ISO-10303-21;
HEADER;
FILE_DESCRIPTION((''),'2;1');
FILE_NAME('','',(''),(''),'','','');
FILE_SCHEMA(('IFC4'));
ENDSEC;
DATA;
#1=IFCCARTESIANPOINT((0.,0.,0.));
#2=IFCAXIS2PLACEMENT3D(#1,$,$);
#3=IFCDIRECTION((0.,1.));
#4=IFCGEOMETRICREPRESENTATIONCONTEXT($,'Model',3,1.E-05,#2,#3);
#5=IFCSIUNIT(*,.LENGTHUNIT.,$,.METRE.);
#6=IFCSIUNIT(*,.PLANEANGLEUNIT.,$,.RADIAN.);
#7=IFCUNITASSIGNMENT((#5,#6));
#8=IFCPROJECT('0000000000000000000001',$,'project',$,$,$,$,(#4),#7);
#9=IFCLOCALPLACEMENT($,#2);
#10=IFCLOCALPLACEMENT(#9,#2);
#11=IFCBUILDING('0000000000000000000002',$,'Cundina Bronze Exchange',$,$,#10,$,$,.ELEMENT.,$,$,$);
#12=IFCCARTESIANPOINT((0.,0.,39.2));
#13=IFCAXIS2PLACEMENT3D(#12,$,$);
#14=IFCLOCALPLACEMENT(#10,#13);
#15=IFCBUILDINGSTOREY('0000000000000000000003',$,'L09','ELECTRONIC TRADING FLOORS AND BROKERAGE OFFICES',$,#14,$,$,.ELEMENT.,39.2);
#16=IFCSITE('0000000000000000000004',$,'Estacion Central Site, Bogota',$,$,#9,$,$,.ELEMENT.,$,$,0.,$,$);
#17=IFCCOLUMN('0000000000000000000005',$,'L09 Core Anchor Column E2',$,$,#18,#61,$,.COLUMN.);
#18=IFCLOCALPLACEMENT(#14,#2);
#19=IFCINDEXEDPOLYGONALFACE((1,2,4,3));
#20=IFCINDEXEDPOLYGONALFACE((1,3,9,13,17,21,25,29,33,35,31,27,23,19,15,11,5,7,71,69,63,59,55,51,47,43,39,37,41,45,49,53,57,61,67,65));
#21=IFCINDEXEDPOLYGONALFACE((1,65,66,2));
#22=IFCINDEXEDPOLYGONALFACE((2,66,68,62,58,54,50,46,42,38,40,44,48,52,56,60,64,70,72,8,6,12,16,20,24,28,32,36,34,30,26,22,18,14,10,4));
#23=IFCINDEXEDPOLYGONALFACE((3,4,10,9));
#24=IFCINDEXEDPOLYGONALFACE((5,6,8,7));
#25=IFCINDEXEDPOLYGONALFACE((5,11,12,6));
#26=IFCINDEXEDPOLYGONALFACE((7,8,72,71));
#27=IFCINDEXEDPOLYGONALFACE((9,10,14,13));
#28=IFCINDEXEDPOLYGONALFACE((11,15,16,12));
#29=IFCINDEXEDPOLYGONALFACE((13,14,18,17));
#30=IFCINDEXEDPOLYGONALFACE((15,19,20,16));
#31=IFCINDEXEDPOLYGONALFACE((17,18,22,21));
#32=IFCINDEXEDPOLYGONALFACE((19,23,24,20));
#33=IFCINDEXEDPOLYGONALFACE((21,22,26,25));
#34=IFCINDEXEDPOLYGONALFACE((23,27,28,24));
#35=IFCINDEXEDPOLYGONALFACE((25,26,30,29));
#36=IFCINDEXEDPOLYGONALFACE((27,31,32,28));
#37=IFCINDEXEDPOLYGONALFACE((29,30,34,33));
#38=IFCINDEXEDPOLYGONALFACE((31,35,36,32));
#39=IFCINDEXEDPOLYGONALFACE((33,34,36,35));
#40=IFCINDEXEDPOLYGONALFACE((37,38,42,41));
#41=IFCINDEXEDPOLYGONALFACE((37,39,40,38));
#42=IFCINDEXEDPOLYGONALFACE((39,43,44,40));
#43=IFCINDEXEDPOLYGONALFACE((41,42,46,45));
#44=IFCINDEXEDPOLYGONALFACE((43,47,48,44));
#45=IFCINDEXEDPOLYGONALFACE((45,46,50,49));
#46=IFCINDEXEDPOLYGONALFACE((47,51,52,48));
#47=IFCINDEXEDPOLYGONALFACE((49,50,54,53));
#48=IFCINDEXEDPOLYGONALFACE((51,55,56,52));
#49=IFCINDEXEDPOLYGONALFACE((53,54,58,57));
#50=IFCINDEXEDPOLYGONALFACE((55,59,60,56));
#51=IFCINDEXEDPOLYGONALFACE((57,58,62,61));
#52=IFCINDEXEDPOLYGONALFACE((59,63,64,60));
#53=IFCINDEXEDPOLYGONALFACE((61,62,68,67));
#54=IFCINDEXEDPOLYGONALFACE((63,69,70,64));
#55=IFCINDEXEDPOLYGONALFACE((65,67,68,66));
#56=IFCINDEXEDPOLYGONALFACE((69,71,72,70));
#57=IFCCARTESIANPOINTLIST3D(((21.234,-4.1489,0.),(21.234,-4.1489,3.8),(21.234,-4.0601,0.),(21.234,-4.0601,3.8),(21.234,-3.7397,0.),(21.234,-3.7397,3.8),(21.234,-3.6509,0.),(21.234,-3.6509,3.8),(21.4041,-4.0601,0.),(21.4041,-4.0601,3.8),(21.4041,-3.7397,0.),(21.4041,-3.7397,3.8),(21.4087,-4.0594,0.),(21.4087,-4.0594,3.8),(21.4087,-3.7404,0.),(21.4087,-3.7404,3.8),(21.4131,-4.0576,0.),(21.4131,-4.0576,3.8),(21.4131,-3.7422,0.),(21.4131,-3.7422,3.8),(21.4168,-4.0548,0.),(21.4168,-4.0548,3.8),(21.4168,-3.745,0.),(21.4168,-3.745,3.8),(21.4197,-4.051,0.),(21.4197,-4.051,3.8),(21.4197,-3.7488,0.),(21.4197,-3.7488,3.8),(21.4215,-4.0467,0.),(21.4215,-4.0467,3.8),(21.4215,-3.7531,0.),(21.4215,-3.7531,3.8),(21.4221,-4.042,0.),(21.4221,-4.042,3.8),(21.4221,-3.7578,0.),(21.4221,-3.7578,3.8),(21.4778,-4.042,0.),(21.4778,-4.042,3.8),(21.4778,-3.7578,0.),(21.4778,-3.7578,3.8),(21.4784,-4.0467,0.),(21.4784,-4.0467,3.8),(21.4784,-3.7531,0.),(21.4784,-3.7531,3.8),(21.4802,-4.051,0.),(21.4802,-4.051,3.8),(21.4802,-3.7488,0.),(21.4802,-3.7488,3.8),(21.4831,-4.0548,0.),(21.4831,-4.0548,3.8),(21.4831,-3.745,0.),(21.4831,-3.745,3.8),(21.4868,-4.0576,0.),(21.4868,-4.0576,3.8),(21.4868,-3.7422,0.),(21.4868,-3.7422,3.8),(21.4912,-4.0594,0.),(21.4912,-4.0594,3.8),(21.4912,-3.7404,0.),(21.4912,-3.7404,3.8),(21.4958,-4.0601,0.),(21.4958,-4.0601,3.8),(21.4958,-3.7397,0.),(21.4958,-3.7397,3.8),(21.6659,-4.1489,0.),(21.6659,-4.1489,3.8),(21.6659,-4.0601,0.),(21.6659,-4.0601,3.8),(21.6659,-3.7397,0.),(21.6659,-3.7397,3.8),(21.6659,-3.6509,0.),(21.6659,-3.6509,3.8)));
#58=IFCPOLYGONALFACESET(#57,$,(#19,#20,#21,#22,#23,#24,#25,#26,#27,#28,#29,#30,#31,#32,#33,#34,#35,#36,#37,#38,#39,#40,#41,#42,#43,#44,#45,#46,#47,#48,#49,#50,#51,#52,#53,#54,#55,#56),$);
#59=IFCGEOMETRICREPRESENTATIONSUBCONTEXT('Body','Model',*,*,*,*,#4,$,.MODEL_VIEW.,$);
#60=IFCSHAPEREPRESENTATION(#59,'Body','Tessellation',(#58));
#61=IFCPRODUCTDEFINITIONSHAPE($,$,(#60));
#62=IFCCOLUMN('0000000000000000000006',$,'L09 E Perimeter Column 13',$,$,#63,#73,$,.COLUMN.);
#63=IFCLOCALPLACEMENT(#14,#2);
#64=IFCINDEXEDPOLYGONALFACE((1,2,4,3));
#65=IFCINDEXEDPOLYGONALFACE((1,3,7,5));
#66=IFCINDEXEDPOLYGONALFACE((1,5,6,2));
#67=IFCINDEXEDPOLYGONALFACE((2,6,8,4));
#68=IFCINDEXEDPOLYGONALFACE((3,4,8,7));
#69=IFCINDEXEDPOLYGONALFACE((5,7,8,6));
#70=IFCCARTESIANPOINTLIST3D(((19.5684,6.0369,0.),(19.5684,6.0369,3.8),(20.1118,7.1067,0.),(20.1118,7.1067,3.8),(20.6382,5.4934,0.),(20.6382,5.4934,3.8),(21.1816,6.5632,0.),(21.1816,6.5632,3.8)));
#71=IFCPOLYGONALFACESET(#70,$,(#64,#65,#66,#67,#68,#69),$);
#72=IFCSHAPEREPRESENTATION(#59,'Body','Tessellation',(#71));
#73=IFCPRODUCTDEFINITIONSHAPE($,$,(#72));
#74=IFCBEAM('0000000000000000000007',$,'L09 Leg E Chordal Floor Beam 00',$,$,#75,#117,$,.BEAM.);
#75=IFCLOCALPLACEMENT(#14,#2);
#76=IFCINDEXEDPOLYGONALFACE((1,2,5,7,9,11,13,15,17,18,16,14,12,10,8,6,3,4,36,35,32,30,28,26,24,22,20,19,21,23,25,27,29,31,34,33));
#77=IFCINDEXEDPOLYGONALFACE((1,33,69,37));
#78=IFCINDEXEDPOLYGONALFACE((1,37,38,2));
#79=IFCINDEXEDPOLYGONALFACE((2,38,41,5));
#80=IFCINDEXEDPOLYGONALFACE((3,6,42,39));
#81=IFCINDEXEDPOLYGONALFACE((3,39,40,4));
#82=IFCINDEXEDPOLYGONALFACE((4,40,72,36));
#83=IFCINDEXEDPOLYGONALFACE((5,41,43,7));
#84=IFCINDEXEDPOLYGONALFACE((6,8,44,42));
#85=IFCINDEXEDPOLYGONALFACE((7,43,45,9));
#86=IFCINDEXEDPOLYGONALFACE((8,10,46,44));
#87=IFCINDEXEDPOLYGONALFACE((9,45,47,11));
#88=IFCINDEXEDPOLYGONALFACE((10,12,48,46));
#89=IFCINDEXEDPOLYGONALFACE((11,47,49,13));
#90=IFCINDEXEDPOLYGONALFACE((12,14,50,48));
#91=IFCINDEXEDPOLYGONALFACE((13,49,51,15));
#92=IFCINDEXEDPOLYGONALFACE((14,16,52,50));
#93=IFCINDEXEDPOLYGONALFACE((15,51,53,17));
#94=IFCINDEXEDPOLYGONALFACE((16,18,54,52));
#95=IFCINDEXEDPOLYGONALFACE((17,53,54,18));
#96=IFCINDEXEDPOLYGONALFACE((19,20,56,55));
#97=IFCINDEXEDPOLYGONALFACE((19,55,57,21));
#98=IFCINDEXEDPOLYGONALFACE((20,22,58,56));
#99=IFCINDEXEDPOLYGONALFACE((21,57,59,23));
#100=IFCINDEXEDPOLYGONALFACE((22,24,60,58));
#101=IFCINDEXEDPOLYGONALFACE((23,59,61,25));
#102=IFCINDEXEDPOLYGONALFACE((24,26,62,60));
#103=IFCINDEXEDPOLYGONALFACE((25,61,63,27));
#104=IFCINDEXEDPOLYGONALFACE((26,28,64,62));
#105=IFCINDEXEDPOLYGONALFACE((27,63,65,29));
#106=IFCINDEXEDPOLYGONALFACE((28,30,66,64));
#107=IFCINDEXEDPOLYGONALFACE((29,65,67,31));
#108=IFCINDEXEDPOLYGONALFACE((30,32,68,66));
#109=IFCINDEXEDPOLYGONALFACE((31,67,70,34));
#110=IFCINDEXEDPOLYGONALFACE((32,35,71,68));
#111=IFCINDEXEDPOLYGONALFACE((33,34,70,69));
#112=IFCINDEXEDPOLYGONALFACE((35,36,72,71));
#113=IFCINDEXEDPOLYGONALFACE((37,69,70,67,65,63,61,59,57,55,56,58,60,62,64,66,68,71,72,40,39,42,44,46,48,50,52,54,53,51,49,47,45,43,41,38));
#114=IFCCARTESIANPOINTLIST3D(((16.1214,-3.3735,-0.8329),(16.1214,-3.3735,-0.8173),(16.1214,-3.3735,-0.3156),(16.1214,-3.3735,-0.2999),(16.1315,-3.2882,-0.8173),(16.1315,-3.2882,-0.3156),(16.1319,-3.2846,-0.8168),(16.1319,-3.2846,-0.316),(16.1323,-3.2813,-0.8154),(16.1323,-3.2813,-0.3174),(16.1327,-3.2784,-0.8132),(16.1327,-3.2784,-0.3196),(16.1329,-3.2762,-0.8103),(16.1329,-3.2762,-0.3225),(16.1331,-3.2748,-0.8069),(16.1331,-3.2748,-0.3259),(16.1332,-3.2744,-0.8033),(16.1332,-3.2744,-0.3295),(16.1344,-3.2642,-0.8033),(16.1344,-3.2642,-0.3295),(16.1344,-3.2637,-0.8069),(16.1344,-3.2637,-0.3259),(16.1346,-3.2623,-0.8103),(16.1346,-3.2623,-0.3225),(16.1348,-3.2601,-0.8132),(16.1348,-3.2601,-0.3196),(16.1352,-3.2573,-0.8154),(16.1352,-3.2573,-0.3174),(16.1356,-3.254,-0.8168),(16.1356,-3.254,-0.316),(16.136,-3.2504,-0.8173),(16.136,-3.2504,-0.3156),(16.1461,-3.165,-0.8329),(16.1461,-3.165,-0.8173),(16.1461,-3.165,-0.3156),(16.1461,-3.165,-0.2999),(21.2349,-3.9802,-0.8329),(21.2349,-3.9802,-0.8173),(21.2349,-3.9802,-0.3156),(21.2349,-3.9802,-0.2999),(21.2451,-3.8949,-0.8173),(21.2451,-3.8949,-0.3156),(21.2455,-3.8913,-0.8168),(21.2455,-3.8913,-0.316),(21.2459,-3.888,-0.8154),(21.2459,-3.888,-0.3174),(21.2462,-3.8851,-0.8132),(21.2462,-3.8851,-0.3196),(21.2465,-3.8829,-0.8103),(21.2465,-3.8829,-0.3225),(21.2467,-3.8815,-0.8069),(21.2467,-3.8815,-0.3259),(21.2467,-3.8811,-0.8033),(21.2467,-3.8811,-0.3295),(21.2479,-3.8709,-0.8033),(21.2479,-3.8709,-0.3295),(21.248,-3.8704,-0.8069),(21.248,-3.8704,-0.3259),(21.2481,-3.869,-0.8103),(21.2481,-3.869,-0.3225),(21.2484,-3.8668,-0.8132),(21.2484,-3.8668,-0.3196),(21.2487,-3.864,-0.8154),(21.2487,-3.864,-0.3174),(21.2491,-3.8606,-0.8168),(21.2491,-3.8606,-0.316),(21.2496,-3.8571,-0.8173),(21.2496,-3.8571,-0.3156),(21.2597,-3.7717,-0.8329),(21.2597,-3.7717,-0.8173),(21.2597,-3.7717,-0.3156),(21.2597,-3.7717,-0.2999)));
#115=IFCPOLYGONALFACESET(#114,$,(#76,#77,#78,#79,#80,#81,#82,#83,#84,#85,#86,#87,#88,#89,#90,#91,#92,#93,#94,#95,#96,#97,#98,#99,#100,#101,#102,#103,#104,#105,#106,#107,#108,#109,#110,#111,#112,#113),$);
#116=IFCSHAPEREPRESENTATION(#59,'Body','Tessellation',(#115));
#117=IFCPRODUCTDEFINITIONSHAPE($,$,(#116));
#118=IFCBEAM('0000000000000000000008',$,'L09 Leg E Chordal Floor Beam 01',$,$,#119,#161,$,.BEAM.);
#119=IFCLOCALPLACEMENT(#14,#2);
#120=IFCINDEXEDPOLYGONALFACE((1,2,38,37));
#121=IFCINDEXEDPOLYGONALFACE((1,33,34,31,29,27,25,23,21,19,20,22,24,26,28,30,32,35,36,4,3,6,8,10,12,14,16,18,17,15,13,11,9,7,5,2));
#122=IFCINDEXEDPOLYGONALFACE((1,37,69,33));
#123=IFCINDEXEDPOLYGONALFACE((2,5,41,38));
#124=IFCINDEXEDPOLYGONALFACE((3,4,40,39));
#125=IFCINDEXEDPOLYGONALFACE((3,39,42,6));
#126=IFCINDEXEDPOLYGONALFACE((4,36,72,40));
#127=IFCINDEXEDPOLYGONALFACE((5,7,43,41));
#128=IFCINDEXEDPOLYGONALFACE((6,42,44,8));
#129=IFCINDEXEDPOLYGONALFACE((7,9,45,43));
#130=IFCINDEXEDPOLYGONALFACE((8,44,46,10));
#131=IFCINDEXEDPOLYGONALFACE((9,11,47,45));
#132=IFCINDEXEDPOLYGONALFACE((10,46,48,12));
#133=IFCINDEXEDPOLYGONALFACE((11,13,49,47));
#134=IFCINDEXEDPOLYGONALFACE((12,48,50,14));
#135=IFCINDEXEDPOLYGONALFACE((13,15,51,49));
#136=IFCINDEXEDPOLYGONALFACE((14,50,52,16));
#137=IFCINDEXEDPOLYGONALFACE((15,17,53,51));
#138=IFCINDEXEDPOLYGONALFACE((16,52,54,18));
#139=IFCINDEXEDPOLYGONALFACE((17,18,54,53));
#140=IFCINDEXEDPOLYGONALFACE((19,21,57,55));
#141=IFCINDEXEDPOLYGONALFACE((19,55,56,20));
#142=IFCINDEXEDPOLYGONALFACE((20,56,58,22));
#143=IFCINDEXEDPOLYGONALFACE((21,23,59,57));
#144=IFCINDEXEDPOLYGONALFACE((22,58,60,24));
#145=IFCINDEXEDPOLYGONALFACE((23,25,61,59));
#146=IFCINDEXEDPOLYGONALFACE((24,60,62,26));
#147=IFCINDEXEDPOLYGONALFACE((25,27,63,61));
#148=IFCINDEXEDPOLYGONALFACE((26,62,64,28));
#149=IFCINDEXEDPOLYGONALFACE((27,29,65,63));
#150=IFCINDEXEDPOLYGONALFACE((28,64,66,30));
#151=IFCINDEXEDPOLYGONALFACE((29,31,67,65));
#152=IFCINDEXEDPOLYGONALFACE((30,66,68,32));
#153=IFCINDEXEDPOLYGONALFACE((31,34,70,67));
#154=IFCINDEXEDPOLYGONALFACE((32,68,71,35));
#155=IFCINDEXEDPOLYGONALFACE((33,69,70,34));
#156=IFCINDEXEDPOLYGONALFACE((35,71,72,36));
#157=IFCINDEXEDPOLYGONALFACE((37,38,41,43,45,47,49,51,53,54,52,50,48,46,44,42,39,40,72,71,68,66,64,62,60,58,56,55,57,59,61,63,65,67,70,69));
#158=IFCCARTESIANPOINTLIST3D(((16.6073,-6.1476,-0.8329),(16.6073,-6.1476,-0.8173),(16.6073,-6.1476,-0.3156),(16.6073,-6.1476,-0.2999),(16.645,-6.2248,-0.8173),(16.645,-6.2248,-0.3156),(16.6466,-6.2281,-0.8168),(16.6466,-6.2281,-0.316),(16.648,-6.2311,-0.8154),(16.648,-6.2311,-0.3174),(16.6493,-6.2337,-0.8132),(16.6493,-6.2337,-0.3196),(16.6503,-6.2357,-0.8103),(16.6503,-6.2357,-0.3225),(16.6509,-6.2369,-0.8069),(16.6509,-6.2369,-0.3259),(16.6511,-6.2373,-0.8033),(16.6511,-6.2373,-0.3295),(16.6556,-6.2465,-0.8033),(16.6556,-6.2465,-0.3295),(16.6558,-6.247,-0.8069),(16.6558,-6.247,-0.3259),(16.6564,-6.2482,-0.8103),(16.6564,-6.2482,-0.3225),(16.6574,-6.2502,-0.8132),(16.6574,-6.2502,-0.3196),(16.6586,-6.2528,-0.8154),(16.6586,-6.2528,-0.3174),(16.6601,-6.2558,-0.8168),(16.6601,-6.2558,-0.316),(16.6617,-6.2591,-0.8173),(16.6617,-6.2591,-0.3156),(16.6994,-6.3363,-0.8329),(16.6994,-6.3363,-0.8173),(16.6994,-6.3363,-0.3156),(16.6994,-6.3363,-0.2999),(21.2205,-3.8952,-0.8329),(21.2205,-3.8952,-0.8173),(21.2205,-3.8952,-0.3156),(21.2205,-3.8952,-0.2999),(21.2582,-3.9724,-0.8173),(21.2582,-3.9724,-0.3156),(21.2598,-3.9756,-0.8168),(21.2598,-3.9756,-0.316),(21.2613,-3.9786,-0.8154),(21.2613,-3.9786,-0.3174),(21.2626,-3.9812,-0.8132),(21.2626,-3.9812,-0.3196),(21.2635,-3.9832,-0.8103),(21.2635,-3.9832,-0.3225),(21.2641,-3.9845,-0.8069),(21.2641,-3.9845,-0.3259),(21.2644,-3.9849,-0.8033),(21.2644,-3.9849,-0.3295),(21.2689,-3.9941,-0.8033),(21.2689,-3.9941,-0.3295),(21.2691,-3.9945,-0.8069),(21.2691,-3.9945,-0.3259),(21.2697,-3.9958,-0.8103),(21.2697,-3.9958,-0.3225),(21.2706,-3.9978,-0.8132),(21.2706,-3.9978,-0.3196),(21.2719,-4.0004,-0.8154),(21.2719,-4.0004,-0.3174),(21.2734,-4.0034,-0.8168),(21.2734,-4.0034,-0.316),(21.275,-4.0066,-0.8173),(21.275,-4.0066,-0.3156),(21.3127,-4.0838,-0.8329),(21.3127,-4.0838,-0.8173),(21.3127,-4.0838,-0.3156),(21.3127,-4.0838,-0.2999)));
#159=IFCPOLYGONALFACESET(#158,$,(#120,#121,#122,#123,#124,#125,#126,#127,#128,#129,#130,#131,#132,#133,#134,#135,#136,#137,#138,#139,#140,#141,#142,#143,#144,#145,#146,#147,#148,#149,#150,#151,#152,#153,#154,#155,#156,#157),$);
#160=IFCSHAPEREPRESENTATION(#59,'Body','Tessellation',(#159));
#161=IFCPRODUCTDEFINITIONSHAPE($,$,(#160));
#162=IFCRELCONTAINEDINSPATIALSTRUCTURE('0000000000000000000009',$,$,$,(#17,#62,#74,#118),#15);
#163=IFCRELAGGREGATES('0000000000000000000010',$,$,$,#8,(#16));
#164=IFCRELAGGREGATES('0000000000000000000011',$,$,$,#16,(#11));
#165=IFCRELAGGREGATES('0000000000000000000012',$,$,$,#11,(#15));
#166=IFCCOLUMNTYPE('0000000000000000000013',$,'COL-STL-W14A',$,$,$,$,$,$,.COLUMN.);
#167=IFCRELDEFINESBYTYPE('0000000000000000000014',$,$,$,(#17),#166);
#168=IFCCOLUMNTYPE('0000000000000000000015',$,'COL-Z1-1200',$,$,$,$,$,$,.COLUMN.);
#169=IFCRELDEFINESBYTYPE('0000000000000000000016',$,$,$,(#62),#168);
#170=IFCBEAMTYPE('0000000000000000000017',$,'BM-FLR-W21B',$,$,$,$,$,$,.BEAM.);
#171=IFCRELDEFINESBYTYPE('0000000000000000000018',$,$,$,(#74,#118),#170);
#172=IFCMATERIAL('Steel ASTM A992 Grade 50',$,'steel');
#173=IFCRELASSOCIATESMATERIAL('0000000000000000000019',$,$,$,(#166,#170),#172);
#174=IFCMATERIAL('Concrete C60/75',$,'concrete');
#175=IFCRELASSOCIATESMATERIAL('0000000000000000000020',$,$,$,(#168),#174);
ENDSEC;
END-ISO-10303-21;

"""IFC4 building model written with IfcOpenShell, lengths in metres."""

from ifc_helpers import new_model, si_unit, direction, frame, origin, origin_2d, place, context, subcontext, project, spatial, rectangle, i_section, extrude, material, material_profile, profile_set, type_object, element, save


model = new_model("IFC4")

# Units and contexts
model_context = context("Model", 3, precision=1e-05, world=origin(), true_north=direction((0.0, 1.0)))
body_context = subcontext(model_context, "Body", "Model", "MODEL_VIEW")
ifc_project = project(units=[si_unit("LENGTHUNIT", "METRE"), si_unit("PLANEANGLEUNIT", "RADIAN")], contexts=[model_context])

# Site, building, storey
site_placement = place(None, origin())
site = spatial("IfcSite", under=ifc_project, at=site_placement, Name="Estacion Central Site, Bogota", CompositionType="ELEMENT", RefElevation=0.0)
building_placement = place(site_placement, origin())
building = spatial("IfcBuilding", under=site, at=building_placement, Name="Cundina Bronze Exchange", CompositionType="ELEMENT")
storey_placement = place(building_placement, frame((0.0, 0.0, 39.2)))
storey = spatial("IfcBuildingStorey", under=building, at=storey_placement, Name="L09", Description="ELECTRONIC TRADING FLOORS AND BROKERAGE OFFICES", CompositionType="ELEMENT", Elevation=39.2)

# Columns
ifc_material_1 = material(Name="Steel ASTM A992 Grade 50", Category="steel")
ifc_material_profile_1 = material_profile(ifc_material_1, i_section(OverallWidth=0.4319, OverallDepth=0.498, WebThickness=0.0557, FlangeThickness=0.0889, FilletRadius=0.0181, at=origin_2d()), Name="W14X500", Category="steel")
ifc_profile_set_1 = profile_set([ifc_material_profile_1], Name="Steel ASTM A992 Grade 50")
column_type_1 = type_object("IfcColumnType", Name="COL-STL-W14A", PredefinedType="COLUMN", material=ifc_profile_set_1)
column_1_placement = place(storey_placement, frame((21.45, -3.8999, 0.0), z_axis=(0.0, 0.0, 1.0), x_axis=(1.0, 0.0, 0.0)))
element("IfcColumn", 1, at=column_1_placement, inside=storey, type_object=column_type_1, Name="L09 Core Anchor Column E2", PredefinedType="COLUMN", context=body_context, shape_type="SweptSolid", body=[
    extrude(i_section(OverallWidth=0.4319, OverallDepth=0.498, WebThickness=0.0557, FlangeThickness=0.0889, FilletRadius=0.0181, at=origin_2d()), origin(), (0.0, 0.0, 1.0), 3.8),
])
ifc_material_2 = material(Name="Concrete C60/75", Category="concrete")
ifc_material_profile_2 = material_profile(ifc_material_2, rectangle(XDim=1.2, YDim=1.2, at=origin_2d()), Name="RC1200X1200", Category="concrete")
ifc_profile_set_2 = profile_set([ifc_material_profile_2], Name="Concrete C60/75")
column_type_2 = type_object("IfcColumnType", Name="COL-Z1-1200", PredefinedType="COLUMN", material=ifc_profile_set_2)
column_2_placement = place(storey_placement, frame((20.375, 6.3, 0.0), z_axis=(0.0, 0.0, 1.0), x_axis=(-0.452902, -0.891561, 0.0)))
element("IfcColumn", 2, at=column_2_placement, inside=storey, type_object=column_type_2, Name="L09 E Perimeter Column 13", PredefinedType="COLUMN", context=body_context, shape_type="SweptSolid", body=[
    extrude(rectangle(XDim=1.2, YDim=1.2, at=origin_2d()), origin(), (0.0, 0.0, 1.0), 3.8),
])

# Beams
ifc_material_profile_3 = material_profile(ifc_material_1, i_section(OverallWidth=0.21, OverallDepth=0.533, WebThickness=0.0103, FlangeThickness=0.0156, FilletRadius=0.0139, at=origin_2d()), Name="W21X62", Category="steel")
ifc_profile_set_3 = profile_set([ifc_material_profile_3], Name="Steel ASTM A992 Grade 50")
beam_type_1 = type_object("IfcBeamType", Name="BM-FLR-W21B", PredefinedType="BEAM", material=ifc_profile_set_3)
beam_1_placement = place(storey_placement, frame((21.2473, -3.876, -0.5664), z_axis=(-0.993035, 0.117818, 0.0), x_axis=(-0.117818, -0.993035, 0.0)))
element("IfcBeam", 3, at=beam_1_placement, inside=storey, type_object=beam_type_1, Name="L09 Leg E Chordal Floor Beam 00", PredefinedType="BEAM", context=body_context, shape_type="SweptSolid", body=[
    extrude(i_section(OverallWidth=0.21, OverallDepth=0.533, WebThickness=0.0103, FlangeThickness=0.0156, FilletRadius=0.0139, at=origin_2d()), origin(), (0.0, 0.0, 1.0), 5.1494),
])
beam_2_placement = place(storey_placement, frame((21.2666, -3.9895, -0.5664), z_axis=(-0.89861, -0.438748, 0.0), x_axis=(0.438748, -0.89861, 0.0)))
element("IfcBeam", 4, at=beam_2_placement, inside=storey, type_object=beam_type_1, Name="L09 Leg E Chordal Floor Beam 01", PredefinedType="BEAM", context=body_context, shape_type="SweptSolid", body=[
    extrude(i_section(OverallWidth=0.21, OverallDepth=0.533, WebThickness=0.0103, FlangeThickness=0.0156, FilletRadius=0.0139, at=origin_2d()), origin(), (0.0, 0.0, 1.0), 5.1338),
])

save(model, "model.ifc")
